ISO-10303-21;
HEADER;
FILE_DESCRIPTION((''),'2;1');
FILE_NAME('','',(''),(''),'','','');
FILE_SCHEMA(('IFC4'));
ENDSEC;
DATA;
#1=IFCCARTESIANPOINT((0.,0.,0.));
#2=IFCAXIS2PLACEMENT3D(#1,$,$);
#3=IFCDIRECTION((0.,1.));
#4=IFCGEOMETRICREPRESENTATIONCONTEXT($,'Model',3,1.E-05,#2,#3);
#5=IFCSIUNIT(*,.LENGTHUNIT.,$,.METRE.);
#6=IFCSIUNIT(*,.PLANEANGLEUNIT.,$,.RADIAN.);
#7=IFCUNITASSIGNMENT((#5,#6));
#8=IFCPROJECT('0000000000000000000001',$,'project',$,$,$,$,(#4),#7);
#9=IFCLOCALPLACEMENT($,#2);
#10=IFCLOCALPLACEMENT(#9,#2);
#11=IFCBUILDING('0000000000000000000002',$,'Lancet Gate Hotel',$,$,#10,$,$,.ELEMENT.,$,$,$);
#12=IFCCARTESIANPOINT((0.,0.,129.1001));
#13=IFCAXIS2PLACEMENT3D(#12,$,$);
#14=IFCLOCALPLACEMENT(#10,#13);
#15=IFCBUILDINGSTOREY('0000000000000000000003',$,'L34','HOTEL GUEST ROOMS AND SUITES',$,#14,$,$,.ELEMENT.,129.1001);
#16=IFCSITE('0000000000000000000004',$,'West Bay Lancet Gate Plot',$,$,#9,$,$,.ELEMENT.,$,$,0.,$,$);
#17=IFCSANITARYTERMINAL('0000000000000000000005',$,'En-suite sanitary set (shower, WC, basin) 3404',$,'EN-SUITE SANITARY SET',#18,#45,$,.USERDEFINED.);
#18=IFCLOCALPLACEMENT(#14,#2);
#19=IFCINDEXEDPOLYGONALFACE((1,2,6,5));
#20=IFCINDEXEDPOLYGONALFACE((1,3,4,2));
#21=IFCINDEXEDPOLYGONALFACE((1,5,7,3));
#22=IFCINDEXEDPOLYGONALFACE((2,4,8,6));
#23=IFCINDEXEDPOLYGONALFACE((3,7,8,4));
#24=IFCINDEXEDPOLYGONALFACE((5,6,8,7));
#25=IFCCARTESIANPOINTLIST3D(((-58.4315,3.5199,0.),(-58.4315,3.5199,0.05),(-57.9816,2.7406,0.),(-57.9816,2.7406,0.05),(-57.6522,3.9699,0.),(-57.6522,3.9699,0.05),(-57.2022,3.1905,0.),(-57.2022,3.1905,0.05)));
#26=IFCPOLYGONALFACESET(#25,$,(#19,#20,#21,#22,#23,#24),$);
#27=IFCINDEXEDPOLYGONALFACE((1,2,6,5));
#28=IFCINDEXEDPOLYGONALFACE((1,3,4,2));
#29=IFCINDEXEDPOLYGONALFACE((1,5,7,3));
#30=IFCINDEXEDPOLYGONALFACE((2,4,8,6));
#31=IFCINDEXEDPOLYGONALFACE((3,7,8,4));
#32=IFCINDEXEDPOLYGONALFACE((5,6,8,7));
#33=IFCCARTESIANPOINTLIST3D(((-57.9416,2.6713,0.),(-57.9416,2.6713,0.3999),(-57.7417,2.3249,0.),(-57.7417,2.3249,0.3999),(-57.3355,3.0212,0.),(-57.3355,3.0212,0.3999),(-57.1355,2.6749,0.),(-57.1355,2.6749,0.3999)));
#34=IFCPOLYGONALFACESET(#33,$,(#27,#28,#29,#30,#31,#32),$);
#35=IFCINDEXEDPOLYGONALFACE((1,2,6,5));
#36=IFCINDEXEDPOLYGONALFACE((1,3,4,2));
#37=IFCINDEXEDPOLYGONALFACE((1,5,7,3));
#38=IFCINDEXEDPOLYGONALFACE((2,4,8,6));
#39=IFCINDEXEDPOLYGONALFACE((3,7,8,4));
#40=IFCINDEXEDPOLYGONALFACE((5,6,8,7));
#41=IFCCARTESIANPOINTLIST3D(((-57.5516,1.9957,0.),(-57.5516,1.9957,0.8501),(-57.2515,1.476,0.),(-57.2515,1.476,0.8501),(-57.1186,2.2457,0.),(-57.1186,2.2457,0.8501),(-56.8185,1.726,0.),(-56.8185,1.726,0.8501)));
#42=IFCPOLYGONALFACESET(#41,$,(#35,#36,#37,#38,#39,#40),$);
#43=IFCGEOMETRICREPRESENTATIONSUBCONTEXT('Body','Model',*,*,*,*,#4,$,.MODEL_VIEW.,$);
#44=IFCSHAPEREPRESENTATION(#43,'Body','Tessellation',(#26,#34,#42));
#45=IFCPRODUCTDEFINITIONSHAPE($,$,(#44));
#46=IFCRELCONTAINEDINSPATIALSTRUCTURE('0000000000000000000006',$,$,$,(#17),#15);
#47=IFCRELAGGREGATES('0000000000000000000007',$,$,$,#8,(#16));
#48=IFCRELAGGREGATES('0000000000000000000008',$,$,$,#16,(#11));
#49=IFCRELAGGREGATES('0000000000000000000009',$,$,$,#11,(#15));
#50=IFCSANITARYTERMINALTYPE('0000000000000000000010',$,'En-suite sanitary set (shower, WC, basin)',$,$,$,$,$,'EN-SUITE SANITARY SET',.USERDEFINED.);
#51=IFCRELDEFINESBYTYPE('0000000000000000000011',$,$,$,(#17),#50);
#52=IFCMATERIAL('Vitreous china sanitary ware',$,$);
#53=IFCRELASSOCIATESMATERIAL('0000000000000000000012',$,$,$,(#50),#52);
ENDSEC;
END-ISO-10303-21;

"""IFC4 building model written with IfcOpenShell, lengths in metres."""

from ifc_helpers import new_model, si_unit, direction, frame, origin, origin_2d, place, context, subcontext, project, spatial, rectangle, extrude, material, type_object, element, save


model = new_model("IFC4")

# Units and contexts
model_context = context("Model", 3, precision=1e-05, world=origin(), true_north=direction((0.0, 1.0)))
body_context = subcontext(model_context, "Body", "Model", "MODEL_VIEW")
ifc_project = project(units=[si_unit("LENGTHUNIT", "METRE"), si_unit("PLANEANGLEUNIT", "RADIAN")], contexts=[model_context])

# Site, building, storey
site_placement = place(None, origin())
site = spatial("IfcSite", under=ifc_project, at=site_placement, Name="West Bay Lancet Gate Plot", CompositionType="ELEMENT", RefElevation=0.0)
building_placement = place(site_placement, origin())
building = spatial("IfcBuilding", under=site, at=building_placement, Name="Lancet Gate Hotel", CompositionType="ELEMENT")
storey_placement = place(building_placement, frame((0.0, 0.0, 129.1001)))
storey = spatial("IfcBuildingStorey", under=building, at=storey_placement, Name="L34", Description="HOTEL GUEST ROOMS AND SUITES", CompositionType="ELEMENT", Elevation=129.1001)

# Sanitary terminal
ifc_material_1 = material(Name="Vitreous china sanitary ware")
sanitary_terminal_type = type_object("IfcSanitaryTerminalType", Name="En-suite sanitary set (shower, WC, basin)", ElementType="EN-SUITE SANITARY SET", PredefinedType="USERDEFINED", material=ifc_material_1)
sanitary_terminal_placement = place(storey_placement, frame((-57.8169, 3.3552, 0.0), z_axis=(0.0, 0.0, 1.0), x_axis=(1.0, 0.0, 0.0)))
element("IfcSanitaryTerminal", 1, at=sanitary_terminal_placement, inside=storey, type_object=sanitary_terminal_type, Name="En-suite sanitary set (shower, WC, basin) 3404", ObjectType="EN-SUITE SANITARY SET", PredefinedType="USERDEFINED", context=body_context, shape_type="SweptSolid", body=[
    extrude(rectangle(XDim=0.8999, YDim=0.8999, at=origin_2d()), frame((0.0, 0.0, 0.0), z_axis=(0.0, 0.0, 1.0), x_axis=(-0.5, 0.866025, 0.0)), (0.0, 0.0, 1.0), 0.05),
    extrude(rectangle(XDim=0.3999, YDim=0.7, at=origin_2d()), frame((0.2783, -0.6821, 0.0), z_axis=(0.0, 0.0, 1.0), x_axis=(-0.5, 0.866025, 0.0)), (0.0, 0.0, 1.0), 0.3999),
    extrude(rectangle(XDim=0.6001, YDim=0.5, at=origin_2d()), frame((0.6318, -1.4944, 0.0), z_axis=(0.0, 0.0, 1.0), x_axis=(-0.5, 0.866025, 0.0)), (0.0, 0.0, 1.0), 0.8501),
])

save(model, "model.ifc")
